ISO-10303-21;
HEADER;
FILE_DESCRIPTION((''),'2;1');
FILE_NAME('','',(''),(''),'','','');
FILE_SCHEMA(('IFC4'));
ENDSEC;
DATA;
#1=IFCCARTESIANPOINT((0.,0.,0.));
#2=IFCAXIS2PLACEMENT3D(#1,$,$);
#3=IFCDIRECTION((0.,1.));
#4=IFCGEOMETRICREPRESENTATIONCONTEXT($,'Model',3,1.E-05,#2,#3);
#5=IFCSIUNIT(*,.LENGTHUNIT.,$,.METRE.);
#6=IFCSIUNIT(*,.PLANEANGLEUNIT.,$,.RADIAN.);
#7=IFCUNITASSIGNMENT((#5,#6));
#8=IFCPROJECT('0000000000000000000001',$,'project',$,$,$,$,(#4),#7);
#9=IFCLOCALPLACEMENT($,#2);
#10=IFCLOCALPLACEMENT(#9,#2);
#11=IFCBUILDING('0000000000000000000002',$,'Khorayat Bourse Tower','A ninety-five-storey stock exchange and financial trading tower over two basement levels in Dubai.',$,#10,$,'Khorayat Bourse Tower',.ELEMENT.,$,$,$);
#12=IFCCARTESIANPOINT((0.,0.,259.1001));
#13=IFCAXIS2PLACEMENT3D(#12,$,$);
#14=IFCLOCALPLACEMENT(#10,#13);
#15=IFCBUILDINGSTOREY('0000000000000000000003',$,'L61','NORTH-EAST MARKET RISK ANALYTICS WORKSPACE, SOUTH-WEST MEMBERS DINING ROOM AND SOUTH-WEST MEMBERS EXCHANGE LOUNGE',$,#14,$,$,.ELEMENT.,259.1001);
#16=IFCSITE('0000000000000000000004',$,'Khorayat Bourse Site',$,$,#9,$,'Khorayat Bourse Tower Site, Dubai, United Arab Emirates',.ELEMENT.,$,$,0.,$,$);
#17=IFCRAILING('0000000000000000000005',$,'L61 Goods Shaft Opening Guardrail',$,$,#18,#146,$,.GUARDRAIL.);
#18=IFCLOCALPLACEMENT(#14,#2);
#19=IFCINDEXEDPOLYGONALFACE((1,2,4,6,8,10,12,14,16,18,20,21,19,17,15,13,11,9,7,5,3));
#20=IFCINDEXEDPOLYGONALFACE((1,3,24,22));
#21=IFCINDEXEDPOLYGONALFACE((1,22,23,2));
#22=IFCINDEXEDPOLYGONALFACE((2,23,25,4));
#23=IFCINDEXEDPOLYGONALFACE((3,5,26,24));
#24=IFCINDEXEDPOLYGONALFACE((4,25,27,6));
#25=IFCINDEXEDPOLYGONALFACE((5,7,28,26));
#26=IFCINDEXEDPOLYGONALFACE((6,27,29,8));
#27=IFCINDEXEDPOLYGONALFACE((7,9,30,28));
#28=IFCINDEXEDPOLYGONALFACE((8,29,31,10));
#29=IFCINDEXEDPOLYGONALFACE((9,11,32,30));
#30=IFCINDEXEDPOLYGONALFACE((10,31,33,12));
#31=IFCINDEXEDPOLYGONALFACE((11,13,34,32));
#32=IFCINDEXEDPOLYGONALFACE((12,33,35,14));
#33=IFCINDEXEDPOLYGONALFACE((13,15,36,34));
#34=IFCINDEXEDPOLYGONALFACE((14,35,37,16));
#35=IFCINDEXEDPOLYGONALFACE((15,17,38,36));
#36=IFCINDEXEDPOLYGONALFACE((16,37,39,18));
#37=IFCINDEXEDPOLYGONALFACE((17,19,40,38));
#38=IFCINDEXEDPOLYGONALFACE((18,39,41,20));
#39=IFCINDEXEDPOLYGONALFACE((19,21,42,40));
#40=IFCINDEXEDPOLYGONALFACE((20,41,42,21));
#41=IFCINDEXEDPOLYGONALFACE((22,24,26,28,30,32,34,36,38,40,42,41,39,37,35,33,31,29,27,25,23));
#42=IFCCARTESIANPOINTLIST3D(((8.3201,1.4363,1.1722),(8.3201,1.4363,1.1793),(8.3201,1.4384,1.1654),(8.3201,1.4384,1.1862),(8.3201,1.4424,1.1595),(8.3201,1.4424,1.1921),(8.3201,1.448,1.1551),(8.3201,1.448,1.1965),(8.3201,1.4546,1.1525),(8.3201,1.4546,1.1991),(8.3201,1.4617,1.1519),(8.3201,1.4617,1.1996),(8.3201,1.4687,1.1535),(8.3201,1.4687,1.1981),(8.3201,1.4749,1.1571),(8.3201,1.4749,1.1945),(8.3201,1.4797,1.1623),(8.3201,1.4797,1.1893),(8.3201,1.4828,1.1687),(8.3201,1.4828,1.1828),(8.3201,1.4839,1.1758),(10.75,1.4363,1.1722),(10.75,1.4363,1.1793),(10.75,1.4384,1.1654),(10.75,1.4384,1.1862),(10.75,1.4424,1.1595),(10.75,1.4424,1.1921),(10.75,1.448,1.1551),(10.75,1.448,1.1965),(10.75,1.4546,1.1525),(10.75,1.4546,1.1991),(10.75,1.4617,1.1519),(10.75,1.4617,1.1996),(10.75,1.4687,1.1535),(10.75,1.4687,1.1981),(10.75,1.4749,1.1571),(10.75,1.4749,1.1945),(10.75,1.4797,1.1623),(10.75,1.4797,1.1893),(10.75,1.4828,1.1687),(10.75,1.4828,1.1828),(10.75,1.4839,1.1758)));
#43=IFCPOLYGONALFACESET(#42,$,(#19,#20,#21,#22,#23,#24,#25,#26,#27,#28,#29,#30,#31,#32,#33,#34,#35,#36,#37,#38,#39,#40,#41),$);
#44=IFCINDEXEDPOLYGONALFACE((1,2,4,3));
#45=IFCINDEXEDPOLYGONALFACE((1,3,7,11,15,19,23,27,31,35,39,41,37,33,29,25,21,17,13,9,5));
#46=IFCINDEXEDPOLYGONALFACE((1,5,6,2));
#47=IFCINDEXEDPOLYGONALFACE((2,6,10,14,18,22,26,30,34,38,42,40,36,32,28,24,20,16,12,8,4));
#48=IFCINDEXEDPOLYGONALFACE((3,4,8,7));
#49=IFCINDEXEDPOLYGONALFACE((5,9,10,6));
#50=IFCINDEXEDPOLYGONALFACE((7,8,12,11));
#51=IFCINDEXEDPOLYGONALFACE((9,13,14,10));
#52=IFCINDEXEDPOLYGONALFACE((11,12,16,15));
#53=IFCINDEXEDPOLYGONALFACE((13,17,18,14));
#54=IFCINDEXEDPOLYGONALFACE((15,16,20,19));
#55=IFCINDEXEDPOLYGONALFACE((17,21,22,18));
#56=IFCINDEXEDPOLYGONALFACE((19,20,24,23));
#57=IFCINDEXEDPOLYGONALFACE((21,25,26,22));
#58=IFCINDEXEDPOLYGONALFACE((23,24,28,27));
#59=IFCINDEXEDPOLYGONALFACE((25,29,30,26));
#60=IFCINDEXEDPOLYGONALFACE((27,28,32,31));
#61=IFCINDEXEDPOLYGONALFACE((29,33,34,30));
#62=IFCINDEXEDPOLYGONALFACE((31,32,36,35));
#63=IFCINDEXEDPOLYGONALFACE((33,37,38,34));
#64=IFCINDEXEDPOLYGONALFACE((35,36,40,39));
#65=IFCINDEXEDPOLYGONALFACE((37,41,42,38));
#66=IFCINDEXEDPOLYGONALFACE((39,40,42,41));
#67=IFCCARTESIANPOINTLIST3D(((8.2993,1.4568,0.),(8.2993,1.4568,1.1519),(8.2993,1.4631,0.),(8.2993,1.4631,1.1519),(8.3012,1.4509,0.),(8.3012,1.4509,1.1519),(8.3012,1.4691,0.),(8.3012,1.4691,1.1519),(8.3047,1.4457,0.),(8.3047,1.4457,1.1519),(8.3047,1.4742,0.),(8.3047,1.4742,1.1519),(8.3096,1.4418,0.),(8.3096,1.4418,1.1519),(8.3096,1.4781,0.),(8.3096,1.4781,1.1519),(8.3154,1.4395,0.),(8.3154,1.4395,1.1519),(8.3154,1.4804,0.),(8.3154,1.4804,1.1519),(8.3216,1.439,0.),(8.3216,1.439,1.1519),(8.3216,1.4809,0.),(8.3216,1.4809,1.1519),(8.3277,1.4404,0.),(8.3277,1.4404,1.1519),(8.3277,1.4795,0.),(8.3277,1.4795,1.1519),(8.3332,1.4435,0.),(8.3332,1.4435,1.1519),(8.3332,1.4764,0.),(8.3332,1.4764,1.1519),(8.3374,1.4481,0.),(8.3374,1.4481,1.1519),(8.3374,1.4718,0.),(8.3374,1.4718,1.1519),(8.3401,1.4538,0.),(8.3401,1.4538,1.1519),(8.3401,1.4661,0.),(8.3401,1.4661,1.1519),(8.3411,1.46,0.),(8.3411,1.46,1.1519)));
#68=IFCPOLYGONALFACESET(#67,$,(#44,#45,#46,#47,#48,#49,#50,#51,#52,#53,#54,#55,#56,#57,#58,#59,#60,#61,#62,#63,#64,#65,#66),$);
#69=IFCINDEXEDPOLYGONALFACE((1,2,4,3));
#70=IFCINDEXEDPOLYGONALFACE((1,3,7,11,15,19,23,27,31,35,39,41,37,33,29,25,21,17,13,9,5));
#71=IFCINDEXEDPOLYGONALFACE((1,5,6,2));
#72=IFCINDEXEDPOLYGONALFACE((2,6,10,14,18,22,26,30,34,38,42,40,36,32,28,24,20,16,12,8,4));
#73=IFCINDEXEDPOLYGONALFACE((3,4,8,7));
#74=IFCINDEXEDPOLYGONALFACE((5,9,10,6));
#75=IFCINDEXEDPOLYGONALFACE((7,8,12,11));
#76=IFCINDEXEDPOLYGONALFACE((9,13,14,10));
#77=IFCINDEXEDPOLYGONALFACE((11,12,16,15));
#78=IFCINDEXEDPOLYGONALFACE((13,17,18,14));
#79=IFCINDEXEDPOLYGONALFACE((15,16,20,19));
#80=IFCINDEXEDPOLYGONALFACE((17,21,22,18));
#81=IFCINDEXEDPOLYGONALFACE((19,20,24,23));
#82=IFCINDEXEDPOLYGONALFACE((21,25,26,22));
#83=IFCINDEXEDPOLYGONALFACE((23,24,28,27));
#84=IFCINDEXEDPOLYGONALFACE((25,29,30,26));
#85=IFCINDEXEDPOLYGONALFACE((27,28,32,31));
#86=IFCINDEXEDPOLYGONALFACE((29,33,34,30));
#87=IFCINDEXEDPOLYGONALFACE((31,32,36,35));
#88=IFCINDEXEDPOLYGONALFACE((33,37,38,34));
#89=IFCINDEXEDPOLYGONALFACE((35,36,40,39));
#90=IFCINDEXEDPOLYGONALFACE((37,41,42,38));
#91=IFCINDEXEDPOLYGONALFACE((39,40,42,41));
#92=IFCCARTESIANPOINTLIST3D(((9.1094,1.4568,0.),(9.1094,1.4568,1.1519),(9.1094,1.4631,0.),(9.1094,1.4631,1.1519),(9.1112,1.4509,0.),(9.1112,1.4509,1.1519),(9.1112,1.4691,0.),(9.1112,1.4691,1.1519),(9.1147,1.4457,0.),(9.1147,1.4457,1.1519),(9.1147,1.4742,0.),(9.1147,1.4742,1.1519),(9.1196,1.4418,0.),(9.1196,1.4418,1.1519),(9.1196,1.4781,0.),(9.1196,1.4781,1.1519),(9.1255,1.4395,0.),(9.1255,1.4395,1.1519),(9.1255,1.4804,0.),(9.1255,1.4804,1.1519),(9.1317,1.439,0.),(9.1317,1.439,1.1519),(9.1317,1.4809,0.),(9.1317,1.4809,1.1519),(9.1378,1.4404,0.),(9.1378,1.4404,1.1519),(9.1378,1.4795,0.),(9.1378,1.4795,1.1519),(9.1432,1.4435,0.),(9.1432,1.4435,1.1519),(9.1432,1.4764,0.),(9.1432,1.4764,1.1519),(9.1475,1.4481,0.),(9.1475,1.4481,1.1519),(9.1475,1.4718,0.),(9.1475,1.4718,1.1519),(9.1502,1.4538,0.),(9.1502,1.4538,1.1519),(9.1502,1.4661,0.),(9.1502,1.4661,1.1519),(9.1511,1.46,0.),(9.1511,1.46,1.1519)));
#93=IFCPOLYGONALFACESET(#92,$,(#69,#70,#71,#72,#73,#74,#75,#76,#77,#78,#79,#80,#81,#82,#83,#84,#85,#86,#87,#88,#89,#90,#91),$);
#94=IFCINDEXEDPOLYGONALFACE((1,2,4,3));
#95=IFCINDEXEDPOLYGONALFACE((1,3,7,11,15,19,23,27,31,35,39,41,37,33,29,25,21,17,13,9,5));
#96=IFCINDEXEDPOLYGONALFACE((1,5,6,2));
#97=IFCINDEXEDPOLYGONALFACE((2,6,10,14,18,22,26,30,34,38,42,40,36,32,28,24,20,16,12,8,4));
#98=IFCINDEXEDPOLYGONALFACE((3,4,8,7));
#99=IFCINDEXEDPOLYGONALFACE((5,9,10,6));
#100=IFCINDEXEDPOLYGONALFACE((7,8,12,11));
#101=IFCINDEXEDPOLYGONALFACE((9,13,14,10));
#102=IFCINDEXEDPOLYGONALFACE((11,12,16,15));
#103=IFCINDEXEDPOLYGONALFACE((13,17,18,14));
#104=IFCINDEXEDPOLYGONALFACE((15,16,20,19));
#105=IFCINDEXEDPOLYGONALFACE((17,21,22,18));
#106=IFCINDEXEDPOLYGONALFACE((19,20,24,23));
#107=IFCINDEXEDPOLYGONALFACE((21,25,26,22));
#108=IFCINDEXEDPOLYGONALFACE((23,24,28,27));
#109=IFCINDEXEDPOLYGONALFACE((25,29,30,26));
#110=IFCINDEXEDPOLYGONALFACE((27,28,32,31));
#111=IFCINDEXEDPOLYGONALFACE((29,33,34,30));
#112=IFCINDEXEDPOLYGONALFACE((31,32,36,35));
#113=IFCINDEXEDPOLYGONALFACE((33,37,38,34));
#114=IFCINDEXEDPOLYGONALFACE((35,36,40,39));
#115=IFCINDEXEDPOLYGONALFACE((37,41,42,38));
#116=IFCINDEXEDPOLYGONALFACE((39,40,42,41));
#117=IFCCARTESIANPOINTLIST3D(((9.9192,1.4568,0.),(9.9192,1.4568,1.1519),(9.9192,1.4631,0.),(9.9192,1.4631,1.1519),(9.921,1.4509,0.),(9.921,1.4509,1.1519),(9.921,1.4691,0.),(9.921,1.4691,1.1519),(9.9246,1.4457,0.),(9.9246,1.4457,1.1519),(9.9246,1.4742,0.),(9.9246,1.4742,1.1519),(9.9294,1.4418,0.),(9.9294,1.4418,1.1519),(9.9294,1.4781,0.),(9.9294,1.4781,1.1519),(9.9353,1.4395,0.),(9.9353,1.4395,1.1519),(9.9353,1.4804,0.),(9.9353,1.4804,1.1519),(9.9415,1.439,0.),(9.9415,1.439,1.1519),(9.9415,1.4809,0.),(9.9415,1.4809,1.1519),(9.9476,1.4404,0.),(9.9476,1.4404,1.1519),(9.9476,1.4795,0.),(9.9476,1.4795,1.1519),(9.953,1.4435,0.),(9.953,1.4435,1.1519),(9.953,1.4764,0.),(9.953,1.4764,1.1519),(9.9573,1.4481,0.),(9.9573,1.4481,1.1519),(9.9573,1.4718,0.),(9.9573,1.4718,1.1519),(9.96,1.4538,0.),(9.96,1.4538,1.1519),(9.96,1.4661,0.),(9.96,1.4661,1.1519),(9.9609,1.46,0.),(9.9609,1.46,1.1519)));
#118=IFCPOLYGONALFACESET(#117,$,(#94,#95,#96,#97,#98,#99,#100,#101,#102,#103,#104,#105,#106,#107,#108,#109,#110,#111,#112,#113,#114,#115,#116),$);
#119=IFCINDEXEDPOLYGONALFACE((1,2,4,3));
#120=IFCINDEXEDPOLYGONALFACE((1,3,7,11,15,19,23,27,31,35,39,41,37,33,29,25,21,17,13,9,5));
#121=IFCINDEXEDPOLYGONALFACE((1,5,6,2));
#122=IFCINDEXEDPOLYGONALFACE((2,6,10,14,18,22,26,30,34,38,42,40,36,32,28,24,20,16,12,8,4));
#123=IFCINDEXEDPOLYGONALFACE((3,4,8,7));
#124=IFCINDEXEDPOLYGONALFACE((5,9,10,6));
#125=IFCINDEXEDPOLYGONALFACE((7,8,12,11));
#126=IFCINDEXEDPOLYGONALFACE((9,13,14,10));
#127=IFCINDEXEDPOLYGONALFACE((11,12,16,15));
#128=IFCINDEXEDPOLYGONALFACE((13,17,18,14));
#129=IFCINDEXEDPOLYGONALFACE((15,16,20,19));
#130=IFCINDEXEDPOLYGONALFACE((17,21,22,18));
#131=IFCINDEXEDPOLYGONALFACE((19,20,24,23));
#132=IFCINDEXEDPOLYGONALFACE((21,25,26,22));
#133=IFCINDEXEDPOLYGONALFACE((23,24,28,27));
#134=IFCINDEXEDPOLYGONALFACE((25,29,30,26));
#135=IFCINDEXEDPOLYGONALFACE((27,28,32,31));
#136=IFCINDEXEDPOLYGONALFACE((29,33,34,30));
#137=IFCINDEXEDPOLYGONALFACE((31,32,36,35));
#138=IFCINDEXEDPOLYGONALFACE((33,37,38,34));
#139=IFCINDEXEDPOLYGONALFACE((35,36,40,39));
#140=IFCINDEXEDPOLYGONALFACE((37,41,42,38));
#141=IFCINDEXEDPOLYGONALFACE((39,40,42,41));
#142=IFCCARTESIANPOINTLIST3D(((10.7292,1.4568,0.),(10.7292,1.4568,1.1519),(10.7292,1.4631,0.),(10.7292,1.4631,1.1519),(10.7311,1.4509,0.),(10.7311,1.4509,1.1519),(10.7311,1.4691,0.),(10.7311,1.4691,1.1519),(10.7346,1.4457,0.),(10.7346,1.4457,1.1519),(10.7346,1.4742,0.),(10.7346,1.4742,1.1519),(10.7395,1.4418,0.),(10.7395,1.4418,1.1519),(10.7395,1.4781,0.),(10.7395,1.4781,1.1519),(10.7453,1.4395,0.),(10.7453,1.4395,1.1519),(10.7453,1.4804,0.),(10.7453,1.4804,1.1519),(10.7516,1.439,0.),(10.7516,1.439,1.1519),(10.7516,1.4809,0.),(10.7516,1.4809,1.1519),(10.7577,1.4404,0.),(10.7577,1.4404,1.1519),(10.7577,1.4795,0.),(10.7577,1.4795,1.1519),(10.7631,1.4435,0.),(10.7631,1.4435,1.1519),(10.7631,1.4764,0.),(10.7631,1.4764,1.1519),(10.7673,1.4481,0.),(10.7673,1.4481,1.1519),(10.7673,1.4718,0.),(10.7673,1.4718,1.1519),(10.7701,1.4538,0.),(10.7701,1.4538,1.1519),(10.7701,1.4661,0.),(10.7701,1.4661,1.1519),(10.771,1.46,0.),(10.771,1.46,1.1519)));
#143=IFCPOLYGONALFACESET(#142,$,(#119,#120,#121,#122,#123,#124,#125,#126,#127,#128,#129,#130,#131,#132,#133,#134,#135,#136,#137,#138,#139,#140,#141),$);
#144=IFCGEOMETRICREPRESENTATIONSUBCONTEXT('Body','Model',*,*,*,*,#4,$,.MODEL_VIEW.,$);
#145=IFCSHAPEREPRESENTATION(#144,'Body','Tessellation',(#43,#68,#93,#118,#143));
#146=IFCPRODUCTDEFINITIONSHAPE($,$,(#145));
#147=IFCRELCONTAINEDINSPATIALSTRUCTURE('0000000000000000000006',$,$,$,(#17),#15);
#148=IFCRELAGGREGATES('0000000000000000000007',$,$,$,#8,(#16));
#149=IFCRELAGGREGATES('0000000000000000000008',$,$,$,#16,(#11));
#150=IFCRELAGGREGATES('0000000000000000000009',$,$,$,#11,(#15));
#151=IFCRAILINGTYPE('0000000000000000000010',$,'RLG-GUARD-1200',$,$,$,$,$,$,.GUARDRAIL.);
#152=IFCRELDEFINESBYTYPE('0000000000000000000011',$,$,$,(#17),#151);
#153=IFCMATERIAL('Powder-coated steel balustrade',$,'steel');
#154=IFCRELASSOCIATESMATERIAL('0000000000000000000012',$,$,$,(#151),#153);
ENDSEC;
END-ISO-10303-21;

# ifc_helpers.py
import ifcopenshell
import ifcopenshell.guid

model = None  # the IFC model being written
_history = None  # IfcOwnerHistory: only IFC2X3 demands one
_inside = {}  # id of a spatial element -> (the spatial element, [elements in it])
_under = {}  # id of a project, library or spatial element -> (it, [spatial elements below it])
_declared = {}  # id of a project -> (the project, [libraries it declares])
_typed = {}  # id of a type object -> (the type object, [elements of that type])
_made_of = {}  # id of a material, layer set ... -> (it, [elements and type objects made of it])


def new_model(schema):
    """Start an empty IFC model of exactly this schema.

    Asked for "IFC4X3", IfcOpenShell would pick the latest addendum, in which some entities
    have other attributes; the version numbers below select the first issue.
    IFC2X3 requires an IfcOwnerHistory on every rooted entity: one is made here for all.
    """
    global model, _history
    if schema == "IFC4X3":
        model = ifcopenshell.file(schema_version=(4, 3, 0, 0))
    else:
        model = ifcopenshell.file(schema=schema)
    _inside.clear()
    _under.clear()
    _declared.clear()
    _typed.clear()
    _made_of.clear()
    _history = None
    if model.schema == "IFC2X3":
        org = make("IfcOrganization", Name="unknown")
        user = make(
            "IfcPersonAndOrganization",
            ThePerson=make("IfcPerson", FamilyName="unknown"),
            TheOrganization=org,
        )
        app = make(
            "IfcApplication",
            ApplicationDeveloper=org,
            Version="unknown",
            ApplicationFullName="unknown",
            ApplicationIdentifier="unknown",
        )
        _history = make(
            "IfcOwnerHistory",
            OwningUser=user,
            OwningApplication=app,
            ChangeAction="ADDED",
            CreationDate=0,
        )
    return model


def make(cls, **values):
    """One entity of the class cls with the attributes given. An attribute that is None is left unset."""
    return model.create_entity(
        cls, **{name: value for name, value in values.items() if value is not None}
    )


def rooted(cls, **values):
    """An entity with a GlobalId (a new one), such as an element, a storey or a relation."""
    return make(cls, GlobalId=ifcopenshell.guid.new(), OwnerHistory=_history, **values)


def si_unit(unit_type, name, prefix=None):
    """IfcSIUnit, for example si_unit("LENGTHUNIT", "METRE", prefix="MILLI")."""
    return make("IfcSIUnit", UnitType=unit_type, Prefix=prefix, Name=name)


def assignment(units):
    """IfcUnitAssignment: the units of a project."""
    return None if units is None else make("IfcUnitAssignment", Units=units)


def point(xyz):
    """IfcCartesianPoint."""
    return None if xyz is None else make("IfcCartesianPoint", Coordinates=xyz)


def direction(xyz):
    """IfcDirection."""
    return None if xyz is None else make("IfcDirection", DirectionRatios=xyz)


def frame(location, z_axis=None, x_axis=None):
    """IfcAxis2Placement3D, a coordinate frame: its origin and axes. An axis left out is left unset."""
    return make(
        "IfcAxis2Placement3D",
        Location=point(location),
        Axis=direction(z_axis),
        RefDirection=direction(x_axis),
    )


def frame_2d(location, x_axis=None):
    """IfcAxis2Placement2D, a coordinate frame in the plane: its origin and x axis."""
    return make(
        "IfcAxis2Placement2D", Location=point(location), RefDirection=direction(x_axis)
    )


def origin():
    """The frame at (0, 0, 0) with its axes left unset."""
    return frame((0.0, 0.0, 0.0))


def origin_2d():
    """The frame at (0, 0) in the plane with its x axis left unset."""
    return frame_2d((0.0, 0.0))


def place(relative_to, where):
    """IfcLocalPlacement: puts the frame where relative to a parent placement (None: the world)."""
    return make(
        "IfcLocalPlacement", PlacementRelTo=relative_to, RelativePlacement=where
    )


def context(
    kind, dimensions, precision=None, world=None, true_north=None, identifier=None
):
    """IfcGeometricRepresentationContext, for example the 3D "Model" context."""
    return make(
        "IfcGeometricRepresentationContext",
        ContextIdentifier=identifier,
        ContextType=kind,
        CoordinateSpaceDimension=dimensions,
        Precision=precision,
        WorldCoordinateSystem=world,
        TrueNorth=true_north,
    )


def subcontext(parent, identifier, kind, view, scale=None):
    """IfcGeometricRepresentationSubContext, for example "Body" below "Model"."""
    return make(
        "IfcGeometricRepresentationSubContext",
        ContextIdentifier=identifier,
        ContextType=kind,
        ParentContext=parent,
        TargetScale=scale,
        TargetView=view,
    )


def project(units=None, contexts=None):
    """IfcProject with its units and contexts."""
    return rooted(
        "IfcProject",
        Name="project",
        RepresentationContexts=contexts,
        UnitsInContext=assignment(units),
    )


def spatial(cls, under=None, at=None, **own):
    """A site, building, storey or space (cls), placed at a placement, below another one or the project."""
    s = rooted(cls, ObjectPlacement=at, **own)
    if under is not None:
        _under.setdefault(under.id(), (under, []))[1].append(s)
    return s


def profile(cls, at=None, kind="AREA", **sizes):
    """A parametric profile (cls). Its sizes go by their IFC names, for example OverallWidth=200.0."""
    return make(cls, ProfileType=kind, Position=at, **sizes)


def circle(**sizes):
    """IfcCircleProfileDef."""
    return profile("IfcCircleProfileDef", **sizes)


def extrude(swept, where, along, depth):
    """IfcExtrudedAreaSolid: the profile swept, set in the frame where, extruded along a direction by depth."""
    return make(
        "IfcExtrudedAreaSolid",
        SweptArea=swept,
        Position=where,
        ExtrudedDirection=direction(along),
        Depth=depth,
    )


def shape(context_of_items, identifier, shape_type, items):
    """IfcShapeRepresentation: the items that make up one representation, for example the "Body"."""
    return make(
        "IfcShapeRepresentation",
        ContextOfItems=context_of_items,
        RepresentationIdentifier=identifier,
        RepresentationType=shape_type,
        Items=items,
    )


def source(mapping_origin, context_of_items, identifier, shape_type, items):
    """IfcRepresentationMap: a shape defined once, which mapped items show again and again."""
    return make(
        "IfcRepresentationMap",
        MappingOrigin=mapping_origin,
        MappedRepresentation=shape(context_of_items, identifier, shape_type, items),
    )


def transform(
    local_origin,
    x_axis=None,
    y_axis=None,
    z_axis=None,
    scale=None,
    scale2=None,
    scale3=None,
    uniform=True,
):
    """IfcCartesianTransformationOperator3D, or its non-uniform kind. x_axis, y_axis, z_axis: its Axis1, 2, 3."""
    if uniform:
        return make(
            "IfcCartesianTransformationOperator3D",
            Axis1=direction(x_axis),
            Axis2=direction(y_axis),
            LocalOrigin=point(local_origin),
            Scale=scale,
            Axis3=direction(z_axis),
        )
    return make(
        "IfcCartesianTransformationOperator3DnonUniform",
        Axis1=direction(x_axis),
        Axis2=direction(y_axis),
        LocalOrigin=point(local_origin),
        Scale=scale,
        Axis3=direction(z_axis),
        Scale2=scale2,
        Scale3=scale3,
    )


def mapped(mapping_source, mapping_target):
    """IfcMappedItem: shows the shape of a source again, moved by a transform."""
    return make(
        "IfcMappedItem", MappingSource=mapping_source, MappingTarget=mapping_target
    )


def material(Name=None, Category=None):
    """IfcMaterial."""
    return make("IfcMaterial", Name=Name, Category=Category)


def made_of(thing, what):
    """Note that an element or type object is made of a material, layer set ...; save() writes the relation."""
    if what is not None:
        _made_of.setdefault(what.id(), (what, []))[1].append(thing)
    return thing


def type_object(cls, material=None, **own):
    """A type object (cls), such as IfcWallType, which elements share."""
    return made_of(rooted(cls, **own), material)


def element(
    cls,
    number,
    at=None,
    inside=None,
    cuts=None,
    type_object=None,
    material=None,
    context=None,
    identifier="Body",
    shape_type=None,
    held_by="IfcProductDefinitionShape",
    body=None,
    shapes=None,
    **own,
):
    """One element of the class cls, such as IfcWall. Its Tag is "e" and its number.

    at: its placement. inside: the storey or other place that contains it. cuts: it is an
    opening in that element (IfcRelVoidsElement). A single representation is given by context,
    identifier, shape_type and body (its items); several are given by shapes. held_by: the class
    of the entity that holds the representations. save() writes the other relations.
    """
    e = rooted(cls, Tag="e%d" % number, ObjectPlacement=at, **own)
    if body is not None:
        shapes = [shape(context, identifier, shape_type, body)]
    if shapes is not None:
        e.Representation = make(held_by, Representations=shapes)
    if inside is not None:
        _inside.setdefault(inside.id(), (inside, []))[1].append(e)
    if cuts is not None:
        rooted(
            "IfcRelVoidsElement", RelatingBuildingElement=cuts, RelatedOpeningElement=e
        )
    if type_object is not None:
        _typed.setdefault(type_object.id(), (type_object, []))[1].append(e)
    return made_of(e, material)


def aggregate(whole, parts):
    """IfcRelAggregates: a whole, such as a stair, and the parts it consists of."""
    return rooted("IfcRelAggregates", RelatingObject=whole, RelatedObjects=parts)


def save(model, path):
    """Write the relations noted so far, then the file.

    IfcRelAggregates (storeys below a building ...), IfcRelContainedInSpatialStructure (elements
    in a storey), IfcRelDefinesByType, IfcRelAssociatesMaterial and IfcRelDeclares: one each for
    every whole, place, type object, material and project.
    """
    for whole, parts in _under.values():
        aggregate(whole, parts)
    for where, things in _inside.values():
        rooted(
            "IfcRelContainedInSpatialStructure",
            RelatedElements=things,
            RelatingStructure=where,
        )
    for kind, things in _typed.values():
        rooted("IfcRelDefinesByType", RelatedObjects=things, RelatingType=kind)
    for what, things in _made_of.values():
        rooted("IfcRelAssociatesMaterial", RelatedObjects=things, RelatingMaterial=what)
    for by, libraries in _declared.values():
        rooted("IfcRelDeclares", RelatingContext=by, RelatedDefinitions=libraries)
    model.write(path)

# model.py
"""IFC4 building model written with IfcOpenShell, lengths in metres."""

from ifc_helpers import new_model, si_unit, direction, frame, origin, origin_2d, place, context, subcontext, project, spatial, circle, extrude, source, transform, mapped, material, type_object, element, save


model = new_model("IFC4")

# Units and contexts
model_context = context("Model", 3, precision=1e-05, world=origin(), true_north=direction((0.0, 1.0)))
body_context = subcontext(model_context, "Body", "Model", "MODEL_VIEW")
ifc_project = project(units=[si_unit("LENGTHUNIT", "METRE"), si_unit("PLANEANGLEUNIT", "RADIAN")], contexts=[model_context])

# Site, building, storey
site_placement = place(None, origin())
site = spatial("IfcSite", under=ifc_project, at=site_placement, Name="Khorayat Bourse Site", LongName="Khorayat Bourse Tower Site, Dubai, United Arab Emirates", CompositionType="ELEMENT", RefElevation=0.0)
building_placement = place(site_placement, origin())
building = spatial("IfcBuilding", under=site, at=building_placement, Name="Khorayat Bourse Tower", Description="A ninety-five-storey stock exchange and financial trading tower over two basement levels in Dubai.", LongName="Khorayat Bourse Tower", CompositionType="ELEMENT")
storey_placement = place(building_placement, frame((0.0, 0.0, 259.1001)))
storey = spatial("IfcBuildingStorey", under=building, at=storey_placement, Name="L61", Description="NORTH-EAST MARKET RISK ANALYTICS WORKSPACE, SOUTH-WEST MEMBERS DINING ROOM AND SOUTH-WEST MEMBERS EXCHANGE LOUNGE", CompositionType="ELEMENT", Elevation=259.1001)

# Railing
ifc_material_1 = material(Name="Powder-coated steel balustrade", Category="steel")
railing_type = type_object("IfcRailingType", Name="RLG-GUARD-1200", PredefinedType="GUARDRAIL", material=ifc_material_1)
shared_shape_1 = source(origin(), body_context, "Body", "SweptSolid", [
    extrude(circle(Radius=0.0239, at=origin_2d()), frame((0.0, 0.0, 1.1758), z_axis=(1.0, 0.0, 0.0), x_axis=(0.0, 1.0, 0.0)), (0.0, 0.0, 1.0), 2.4299),
    extrude(circle(Radius=0.021, at=origin_2d()), origin(), (0.0, 0.0, 1.0), 1.1519),
    extrude(circle(Radius=0.021, at=origin_2d()), frame((0.8101, 0.0, 0.0)), (0.0, 0.0, 1.0), 1.1519),
    extrude(circle(Radius=0.021, at=origin_2d()), frame((1.6199, 0.0, 0.0)), (0.0, 0.0, 1.0), 1.1519),
    extrude(circle(Radius=0.021, at=origin_2d()), frame((2.4299, 0.0, 0.0)), (0.0, 0.0, 1.0), 1.1519),
])
railing_placement = place(storey_placement, frame((8.3201, 1.46, 0.0)))
element("IfcRailing", 1, at=railing_placement, inside=storey, type_object=railing_type, Name="L61 Goods Shaft Opening Guardrail", PredefinedType="GUARDRAIL", context=body_context, shape_type="MappedRepresentation", body=[
    mapped(shared_shape_1, transform((0.0, 0.0, 0.0), scale=1.0)),
])

save(model, "model.ifc")
